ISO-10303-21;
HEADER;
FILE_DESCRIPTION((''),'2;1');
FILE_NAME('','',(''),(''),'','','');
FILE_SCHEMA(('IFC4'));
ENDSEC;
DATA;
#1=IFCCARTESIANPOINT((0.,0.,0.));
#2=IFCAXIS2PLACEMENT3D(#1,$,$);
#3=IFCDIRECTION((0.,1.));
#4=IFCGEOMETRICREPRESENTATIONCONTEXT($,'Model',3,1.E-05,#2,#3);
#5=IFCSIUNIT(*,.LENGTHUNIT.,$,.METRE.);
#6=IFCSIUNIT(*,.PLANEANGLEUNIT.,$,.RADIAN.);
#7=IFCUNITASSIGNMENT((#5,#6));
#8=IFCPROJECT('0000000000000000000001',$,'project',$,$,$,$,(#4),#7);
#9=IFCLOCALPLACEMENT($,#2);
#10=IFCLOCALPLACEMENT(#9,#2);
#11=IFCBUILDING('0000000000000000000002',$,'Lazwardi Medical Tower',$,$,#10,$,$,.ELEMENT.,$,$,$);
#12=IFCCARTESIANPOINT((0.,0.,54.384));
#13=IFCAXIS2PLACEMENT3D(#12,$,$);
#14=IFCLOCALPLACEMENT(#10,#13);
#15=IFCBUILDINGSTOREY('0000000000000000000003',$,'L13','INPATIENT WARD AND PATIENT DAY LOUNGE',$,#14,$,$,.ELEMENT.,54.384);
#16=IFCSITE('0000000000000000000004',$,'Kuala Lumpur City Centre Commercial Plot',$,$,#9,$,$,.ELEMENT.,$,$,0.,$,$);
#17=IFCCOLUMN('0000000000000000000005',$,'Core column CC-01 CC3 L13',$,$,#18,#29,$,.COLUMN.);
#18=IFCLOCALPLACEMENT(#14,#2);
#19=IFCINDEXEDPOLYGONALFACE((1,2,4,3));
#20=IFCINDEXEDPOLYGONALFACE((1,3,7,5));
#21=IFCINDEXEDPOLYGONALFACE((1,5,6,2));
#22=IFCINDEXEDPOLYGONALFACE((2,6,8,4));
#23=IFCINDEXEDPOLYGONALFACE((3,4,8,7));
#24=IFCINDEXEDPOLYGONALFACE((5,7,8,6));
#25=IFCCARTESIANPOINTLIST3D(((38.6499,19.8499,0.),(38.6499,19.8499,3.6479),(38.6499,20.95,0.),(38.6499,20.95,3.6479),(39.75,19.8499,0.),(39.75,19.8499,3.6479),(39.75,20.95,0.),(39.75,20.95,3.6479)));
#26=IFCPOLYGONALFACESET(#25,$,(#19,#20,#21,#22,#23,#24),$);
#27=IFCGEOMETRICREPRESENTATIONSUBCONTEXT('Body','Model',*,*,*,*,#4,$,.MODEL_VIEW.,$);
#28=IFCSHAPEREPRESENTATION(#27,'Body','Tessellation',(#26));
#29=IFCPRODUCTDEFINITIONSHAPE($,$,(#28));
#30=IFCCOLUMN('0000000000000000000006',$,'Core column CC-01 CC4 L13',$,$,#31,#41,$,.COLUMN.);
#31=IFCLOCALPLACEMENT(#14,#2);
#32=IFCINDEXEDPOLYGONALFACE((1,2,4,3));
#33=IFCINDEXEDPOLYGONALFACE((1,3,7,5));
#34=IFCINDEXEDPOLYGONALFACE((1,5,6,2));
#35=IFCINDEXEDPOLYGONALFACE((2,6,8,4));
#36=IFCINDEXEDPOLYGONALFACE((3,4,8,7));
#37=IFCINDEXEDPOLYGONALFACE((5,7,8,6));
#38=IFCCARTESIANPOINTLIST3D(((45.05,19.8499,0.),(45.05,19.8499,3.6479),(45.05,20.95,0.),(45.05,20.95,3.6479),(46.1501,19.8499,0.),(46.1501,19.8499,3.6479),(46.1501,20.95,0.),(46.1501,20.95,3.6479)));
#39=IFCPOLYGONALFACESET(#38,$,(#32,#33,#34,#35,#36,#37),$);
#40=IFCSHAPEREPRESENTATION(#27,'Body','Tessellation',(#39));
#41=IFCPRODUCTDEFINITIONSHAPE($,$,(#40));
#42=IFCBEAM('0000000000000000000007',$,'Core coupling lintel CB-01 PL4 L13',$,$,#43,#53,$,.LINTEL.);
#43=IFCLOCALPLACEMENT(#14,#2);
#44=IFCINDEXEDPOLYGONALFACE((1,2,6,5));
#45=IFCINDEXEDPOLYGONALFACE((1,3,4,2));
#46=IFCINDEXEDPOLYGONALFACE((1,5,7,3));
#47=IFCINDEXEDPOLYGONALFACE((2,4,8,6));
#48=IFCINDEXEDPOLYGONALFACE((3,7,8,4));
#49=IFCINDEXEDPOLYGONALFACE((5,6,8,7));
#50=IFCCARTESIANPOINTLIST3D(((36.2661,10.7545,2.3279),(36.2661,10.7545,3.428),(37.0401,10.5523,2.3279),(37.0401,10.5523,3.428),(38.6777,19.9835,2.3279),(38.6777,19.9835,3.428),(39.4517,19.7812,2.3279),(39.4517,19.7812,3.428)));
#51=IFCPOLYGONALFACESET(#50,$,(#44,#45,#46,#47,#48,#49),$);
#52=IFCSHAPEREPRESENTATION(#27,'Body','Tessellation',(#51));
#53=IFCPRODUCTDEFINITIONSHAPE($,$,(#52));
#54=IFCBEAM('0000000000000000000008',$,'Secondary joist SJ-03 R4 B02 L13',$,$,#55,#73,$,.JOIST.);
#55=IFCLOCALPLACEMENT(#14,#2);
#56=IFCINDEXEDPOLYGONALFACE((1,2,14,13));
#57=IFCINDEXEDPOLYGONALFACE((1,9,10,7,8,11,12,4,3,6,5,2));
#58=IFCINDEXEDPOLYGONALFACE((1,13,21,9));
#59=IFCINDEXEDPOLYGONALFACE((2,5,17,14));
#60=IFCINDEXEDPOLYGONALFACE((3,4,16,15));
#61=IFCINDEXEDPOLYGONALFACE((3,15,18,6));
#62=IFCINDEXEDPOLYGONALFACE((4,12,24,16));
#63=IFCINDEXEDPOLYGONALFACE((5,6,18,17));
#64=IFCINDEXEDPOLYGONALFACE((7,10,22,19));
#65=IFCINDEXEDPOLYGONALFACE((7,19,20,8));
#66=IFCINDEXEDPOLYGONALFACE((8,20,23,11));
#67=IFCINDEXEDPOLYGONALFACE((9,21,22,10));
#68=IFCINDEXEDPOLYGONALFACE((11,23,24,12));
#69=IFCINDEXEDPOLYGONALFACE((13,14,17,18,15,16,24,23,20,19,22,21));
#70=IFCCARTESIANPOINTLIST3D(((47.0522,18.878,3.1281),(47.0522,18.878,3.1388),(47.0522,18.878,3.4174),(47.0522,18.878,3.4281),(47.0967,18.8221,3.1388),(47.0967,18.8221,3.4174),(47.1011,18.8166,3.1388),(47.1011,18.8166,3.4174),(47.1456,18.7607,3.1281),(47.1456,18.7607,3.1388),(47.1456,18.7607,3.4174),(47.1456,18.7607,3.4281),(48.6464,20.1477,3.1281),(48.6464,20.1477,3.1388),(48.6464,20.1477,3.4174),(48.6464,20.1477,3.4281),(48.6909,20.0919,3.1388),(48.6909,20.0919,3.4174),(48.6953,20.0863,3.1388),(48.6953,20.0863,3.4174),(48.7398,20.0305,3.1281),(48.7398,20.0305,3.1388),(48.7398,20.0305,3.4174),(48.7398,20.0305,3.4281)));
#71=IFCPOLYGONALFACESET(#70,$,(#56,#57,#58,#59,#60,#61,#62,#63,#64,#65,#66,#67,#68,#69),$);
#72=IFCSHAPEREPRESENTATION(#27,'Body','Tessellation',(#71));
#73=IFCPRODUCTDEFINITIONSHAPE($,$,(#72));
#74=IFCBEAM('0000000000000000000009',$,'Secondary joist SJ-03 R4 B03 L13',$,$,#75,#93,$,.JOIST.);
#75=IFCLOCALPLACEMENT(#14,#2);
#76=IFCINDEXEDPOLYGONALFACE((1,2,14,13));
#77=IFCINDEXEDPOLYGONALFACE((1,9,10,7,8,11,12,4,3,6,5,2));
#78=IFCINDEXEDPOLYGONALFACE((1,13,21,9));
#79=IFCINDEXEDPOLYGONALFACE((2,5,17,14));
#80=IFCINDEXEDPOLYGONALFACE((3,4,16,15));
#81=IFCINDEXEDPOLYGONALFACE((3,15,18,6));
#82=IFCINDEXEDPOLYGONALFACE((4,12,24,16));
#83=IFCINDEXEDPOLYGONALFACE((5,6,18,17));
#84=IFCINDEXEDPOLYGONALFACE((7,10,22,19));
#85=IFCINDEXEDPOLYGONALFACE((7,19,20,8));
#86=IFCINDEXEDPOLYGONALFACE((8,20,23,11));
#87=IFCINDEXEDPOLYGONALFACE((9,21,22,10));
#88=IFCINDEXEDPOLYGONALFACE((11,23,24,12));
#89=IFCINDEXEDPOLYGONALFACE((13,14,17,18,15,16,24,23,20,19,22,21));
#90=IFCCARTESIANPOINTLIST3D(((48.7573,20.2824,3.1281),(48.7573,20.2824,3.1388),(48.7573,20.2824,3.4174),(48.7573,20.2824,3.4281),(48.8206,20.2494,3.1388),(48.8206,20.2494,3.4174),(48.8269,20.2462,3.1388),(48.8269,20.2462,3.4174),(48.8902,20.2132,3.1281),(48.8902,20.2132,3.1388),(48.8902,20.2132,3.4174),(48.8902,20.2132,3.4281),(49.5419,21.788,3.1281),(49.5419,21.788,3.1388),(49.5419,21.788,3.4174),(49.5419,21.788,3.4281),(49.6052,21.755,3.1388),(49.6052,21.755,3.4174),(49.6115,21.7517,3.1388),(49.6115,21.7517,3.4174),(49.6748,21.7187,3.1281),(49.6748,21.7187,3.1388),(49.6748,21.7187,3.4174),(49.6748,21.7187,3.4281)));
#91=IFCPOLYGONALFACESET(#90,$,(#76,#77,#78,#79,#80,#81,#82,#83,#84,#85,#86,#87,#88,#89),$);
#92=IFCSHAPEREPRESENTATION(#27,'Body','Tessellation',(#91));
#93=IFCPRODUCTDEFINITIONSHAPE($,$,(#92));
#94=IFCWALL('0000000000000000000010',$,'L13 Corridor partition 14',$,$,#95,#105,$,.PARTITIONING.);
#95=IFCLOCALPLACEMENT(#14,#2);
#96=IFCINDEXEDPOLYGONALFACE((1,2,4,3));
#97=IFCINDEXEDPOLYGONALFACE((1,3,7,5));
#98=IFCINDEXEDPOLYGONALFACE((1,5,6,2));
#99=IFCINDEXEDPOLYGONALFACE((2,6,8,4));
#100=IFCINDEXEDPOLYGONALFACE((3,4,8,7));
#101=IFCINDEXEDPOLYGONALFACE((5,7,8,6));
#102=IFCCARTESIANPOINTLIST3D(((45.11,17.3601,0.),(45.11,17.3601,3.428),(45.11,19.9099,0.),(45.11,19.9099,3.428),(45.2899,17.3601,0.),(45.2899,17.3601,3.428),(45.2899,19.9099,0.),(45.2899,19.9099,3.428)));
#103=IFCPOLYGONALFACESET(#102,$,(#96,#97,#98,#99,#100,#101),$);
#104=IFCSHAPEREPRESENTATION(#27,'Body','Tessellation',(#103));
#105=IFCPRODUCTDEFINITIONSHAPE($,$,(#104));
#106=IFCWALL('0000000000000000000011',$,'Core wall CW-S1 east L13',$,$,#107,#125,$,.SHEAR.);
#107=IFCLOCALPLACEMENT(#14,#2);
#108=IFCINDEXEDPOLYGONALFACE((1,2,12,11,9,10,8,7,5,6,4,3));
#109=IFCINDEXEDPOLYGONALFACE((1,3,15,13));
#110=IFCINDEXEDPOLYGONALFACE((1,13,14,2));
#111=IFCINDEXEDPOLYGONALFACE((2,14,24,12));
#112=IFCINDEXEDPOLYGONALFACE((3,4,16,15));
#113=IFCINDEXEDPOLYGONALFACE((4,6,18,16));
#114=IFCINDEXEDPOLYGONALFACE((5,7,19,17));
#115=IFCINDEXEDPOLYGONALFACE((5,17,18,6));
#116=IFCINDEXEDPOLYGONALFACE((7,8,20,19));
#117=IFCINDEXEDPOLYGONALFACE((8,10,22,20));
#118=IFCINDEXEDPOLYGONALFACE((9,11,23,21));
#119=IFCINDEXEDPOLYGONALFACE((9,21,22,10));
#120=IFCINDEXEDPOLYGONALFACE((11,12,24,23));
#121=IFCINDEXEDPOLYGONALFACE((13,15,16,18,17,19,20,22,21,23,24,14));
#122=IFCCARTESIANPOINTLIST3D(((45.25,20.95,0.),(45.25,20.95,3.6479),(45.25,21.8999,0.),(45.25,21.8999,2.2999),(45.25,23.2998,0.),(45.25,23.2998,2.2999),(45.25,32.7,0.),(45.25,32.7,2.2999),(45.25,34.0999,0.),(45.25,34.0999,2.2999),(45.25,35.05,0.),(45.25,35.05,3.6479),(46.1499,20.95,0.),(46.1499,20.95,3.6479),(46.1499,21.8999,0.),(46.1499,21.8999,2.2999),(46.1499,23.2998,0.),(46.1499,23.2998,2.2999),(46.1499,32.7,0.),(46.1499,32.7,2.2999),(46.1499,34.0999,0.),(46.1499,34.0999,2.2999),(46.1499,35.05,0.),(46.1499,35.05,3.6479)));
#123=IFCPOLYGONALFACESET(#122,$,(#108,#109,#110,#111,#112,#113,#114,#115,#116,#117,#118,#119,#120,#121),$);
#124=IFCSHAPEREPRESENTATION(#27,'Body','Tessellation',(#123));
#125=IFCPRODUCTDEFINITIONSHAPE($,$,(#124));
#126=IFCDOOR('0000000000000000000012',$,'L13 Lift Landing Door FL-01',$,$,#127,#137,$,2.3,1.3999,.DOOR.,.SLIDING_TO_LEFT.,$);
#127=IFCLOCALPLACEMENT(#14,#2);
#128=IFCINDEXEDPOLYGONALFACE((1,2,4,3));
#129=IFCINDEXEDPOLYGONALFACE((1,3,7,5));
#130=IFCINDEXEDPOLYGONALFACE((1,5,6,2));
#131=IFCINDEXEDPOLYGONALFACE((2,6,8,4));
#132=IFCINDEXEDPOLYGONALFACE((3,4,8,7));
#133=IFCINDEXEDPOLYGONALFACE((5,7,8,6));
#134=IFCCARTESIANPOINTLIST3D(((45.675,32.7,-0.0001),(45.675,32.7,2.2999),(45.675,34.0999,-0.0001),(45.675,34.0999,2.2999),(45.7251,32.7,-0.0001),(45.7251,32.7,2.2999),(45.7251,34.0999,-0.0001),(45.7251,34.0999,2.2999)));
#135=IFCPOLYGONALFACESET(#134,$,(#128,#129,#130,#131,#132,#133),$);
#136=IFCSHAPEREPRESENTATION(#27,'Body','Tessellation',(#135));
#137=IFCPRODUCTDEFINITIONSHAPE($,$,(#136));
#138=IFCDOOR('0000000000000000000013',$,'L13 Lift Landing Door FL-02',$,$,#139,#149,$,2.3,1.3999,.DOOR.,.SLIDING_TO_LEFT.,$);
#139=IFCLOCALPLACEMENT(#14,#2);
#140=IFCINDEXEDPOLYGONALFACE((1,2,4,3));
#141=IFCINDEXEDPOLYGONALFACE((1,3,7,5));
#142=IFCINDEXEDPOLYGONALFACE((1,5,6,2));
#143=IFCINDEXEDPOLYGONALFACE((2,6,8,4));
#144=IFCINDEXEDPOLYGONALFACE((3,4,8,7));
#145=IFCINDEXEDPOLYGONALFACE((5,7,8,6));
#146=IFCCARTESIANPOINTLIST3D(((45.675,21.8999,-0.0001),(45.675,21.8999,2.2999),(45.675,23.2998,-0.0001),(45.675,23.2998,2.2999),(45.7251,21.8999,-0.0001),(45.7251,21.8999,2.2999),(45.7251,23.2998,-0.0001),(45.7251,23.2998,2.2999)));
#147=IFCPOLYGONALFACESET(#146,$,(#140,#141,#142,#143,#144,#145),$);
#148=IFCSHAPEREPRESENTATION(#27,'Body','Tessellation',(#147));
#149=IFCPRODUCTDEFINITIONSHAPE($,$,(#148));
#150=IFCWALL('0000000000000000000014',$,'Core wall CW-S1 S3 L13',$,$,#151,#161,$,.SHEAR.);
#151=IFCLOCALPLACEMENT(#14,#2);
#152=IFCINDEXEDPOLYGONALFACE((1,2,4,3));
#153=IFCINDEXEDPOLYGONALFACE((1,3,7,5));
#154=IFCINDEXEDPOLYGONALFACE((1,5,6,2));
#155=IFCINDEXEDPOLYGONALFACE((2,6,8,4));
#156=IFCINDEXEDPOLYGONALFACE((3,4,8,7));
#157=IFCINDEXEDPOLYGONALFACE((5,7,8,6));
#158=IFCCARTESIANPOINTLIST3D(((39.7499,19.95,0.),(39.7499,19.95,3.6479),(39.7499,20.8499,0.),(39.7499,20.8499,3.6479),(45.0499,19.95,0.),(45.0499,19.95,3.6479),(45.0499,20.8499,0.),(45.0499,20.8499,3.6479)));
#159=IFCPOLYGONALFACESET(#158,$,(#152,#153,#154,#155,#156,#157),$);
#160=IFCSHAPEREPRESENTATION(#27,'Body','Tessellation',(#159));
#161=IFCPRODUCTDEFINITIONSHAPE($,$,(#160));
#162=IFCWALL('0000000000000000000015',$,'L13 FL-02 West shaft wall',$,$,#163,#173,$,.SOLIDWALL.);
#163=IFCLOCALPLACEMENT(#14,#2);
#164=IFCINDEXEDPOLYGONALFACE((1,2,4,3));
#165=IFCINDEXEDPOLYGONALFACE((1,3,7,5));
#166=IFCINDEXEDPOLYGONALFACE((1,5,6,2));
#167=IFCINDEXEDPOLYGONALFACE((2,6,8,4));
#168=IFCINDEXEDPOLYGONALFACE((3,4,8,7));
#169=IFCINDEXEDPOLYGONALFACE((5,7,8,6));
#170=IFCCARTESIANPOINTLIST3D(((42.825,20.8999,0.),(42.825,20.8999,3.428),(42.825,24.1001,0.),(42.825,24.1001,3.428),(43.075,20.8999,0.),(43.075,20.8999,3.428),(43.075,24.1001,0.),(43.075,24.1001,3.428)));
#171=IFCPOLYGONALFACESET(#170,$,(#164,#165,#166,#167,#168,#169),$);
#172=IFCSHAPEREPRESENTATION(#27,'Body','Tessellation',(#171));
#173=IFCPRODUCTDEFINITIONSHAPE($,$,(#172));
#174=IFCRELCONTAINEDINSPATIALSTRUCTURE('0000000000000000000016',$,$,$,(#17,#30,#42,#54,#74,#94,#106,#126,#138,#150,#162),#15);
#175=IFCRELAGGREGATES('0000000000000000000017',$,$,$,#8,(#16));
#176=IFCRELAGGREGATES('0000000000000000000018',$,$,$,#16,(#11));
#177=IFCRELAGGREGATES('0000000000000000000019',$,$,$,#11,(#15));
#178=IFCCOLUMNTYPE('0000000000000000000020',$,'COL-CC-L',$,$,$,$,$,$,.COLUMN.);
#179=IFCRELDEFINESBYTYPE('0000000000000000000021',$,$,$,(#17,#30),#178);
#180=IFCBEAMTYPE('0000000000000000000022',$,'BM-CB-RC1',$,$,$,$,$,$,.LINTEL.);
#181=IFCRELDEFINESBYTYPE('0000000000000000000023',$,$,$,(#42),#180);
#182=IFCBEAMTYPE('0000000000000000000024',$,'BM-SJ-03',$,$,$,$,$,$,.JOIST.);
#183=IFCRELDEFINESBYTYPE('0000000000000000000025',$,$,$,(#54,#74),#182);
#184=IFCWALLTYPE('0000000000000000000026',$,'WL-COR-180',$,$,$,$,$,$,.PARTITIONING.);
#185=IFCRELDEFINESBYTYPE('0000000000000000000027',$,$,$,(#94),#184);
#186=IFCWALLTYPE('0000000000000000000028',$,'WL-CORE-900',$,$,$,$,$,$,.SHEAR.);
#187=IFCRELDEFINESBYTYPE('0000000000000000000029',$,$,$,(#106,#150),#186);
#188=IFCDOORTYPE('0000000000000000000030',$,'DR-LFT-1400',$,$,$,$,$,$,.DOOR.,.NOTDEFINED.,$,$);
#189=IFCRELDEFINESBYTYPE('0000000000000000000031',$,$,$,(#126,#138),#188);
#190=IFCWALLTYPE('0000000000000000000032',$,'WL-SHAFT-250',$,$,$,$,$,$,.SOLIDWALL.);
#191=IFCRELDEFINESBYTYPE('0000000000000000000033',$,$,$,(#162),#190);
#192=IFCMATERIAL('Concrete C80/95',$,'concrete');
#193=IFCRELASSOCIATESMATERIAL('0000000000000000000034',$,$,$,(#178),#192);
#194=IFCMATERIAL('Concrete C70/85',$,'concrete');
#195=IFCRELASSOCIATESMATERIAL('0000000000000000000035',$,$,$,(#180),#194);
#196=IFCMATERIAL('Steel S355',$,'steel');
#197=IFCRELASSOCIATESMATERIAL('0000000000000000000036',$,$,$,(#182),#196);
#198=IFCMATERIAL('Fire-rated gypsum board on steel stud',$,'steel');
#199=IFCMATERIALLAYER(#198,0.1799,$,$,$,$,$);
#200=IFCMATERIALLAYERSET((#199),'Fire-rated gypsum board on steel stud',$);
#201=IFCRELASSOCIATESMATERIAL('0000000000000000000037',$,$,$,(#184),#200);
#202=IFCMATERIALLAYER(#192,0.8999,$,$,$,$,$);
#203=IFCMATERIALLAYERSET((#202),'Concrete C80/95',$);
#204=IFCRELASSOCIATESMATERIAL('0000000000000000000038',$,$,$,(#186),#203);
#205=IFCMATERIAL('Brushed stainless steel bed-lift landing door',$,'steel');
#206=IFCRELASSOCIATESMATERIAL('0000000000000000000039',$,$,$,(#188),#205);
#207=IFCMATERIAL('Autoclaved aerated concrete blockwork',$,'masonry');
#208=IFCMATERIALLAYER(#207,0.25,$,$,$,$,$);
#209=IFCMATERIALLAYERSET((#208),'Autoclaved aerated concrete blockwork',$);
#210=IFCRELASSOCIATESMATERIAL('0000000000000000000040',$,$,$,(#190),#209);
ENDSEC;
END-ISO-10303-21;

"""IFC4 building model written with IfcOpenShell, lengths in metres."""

from ifc_helpers import new_model, si_unit, direction, frame, frame_2d, origin, origin_2d, place, context, subcontext, project, spatial, rectangle, i_section, extrude, material, layer, layer_set, material_profile, profile_set, type_object, element, fill, save


model = new_model("IFC4")

# Units and contexts
model_context = context("Model", 3, precision=1e-05, world=origin(), true_north=direction((0.0, 1.0)))
body_context = subcontext(model_context, "Body", "Model", "MODEL_VIEW")
ifc_project = project(units=[si_unit("LENGTHUNIT", "METRE"), si_unit("PLANEANGLEUNIT", "RADIAN")], contexts=[model_context])

# Site, building, storey
site_placement = place(None, origin())
site = spatial("IfcSite", under=ifc_project, at=site_placement, Name="Kuala Lumpur City Centre Commercial Plot", CompositionType="ELEMENT", RefElevation=0.0)
building_placement = place(site_placement, origin())
building = spatial("IfcBuilding", under=site, at=building_placement, Name="Lazwardi Medical Tower", CompositionType="ELEMENT")
storey_placement = place(building_placement, frame((0.0, 0.0, 54.384)))
storey = spatial("IfcBuildingStorey", under=building, at=storey_placement, Name="L13", Description="INPATIENT WARD AND PATIENT DAY LOUNGE", CompositionType="ELEMENT", Elevation=54.384)

# Columns
ifc_material_1 = material(Name="Concrete C80/95", Category="concrete")
ifc_material_profile_1 = material_profile(ifc_material_1, rectangle(XDim=1.1001, YDim=1.1001, at=origin_2d()), Name="RC 1100x1100")
ifc_profile_set_1 = profile_set([ifc_material_profile_1], Name="Concrete C80/95")
column_type = type_object("IfcColumnType", Name="COL-CC-L", PredefinedType="COLUMN", material=ifc_profile_set_1)
for number, where, z_axis, x_axis, name in (
    (1, (39.2, 20.3999, 0.0), (0.0, 0.0, 1.0), (1.0, 0.0, 0.0), "Core column CC-01 CC3 L13"),
    (2, (45.6001, 20.3999, 0.0), (0.0, 0.0, 1.0), (1.0, 0.0, 0.0), "Core column CC-01 CC4 L13"),
):
    element("IfcColumn", number, at=place(storey_placement, frame(where, z_axis=z_axis, x_axis=x_axis)), inside=storey, type_object=column_type, Name=name, PredefinedType="COLUMN", context=body_context, shape_type="SweptSolid", body=[
        extrude(rectangle(XDim=1.1001, YDim=1.1001, at=origin_2d()), origin(), (0.0, 0.0, 1.0), 3.6479),
    ])

# Beams
ifc_material_2 = material(Name="Concrete C70/85", Category="concrete")
ifc_material_profile_2 = material_profile(ifc_material_2, rectangle(XDim=0.8, YDim=1.1001, at=origin_2d()), Name="RC 800x1100")
ifc_profile_set_2 = profile_set([ifc_material_profile_2], Name="Concrete C70/85")
beam_type_1 = type_object("IfcBeamType", Name="BM-CB-RC1", PredefinedType="LINTEL", material=ifc_profile_set_2)
beam_1_placement = place(storey_placement, frame((39.0647, 19.8823, 2.8779), z_axis=(-0.25282, -0.967513, 0.0), x_axis=(0.967513, -0.25282, 0.0)))
element("IfcBeam", 3, at=beam_1_placement, inside=storey, type_object=beam_type_1, Name="Core coupling lintel CB-01 PL4 L13", PredefinedType="LINTEL", context=body_context, shape_type="SweptSolid", body=[
    extrude(rectangle(XDim=0.8, YDim=1.1001, at=origin_2d()), origin(), (0.0, 0.0, 1.0), 9.5388),
])
ifc_material_3 = material(Name="Steel S355", Category="steel")
ifc_material_profile_3 = material_profile(ifc_material_3, i_section(OverallWidth=0.1499, OverallDepth=0.3, WebThickness=0.0071, FlangeThickness=0.0107, at=origin_2d()), Name="IPE 300")
ifc_profile_set_3 = profile_set([ifc_material_profile_3], Name="Steel S355")
beam_type_2 = type_object("IfcBeamType", Name="BM-SJ-03", PredefinedType="JOIST", material=ifc_profile_set_3)
beam_2_placement = place(storey_placement, frame((47.0989, 18.8193, 3.2781), z_axis=(0.782211, 0.623014, 0.0), x_axis=(-0.623014, 0.782211, 0.0)))
element("IfcBeam", 4, at=beam_2_placement, inside=storey, type_object=beam_type_2, Name="Secondary joist SJ-03 R4 B02 L13", PredefinedType="JOIST", context=body_context, shape_type="SweptSolid", body=[
    extrude(i_section(OverallWidth=0.1499, OverallDepth=0.3, WebThickness=0.0071, FlangeThickness=0.0107, at=origin_2d()), origin(), (0.0, 0.0, 1.0), 2.0381),
])
beam_3_placement = place(storey_placement, frame((48.8237, 20.2478, 3.2781), z_axis=(0.462163, 0.886795, 0.0), x_axis=(-0.886795, 0.462163, 0.0)))
element("IfcBeam", 5, at=beam_3_placement, inside=storey, type_object=beam_type_2, Name="Secondary joist SJ-03 R4 B03 L13", PredefinedType="JOIST", context=body_context, shape_type="SweptSolid", body=[
    extrude(i_section(OverallWidth=0.1499, OverallDepth=0.3, WebThickness=0.0071, FlangeThickness=0.0107, at=origin_2d()), origin(), (0.0, 0.0, 1.0), 1.6978),
])

# Wall
ifc_material_4 = material(Name="Fire-rated gypsum board on steel stud", Category="steel")
ifc_layer_1 = layer(ifc_material_4, 0.1799)
ifc_layer_set_1 = layer_set([ifc_layer_1], Name="Fire-rated gypsum board on steel stud")
wall_type_1 = type_object("IfcWallType", Name="WL-COR-180", PredefinedType="PARTITIONING", material=ifc_layer_set_1)
wall_1_placement = place(storey_placement, frame((45.2, 19.9099, 0.0), z_axis=(0.0, 0.0, 1.0), x_axis=(0.0, -1.0, 0.0)))
element("IfcWall", 6, at=wall_1_placement, inside=storey, type_object=wall_type_1, Name="L13 Corridor partition 14", PredefinedType="PARTITIONING", context=body_context, shape_type="SweptSolid", body=[
    extrude(rectangle(XDim=2.5498, YDim=0.1799, at=frame_2d((1.2749, 0.0))), origin(), (0.0, 0.0, 1.0), 3.428),
])

# Wall, openings, doors
ifc_layer_2 = layer(ifc_material_1, 0.8999)
ifc_layer_set_2 = layer_set([ifc_layer_2], Name="Concrete C80/95")
wall_type_2 = type_object("IfcWallType", Name="WL-CORE-900", PredefinedType="SHEAR", material=ifc_layer_set_2)
wall_2_placement = place(storey_placement, frame((45.7, 20.95, 0.0), z_axis=(0.0, 0.0, 1.0), x_axis=(0.0, 1.0, 0.0)))
wall_2 = element("IfcWall", 7, at=wall_2_placement, inside=storey, type_object=wall_type_2, Name="Core wall CW-S1 east L13", PredefinedType="SHEAR", context=body_context, shape_type="SweptSolid", body=[
    extrude(rectangle(XDim=14.1001, YDim=0.8999, at=frame_2d((7.05, 0.0))), origin(), (0.0, 0.0, 1.0), 3.6479),
])
opening_1_placement = place(wall_2_placement, frame((11.75, 0.0, 0.0)))
opening_1 = element("IfcOpeningElement", 8, at=opening_1_placement, cuts=wall_2, PredefinedType="OPENING", context=body_context, shape_type="SweptSolid", body=[
    extrude(rectangle(XDim=1.3999, YDim=2.3, at=frame_2d((0.7, 1.1499))), frame((0.0, 0.46, 0.0), z_axis=(0.0, -1.0, 0.0), x_axis=(1.0, 0.0, 0.0)), (0.0, 0.0, 1.0), 0.9199),
])
opening_2_placement = place(wall_2_placement, frame((0.95, 0.0, 0.0)))
opening_2 = element("IfcOpeningElement", 9, at=opening_2_placement, cuts=wall_2, PredefinedType="OPENING", context=body_context, shape_type="SweptSolid", body=[
    extrude(rectangle(XDim=1.3999, YDim=2.3, at=frame_2d((0.7, 1.1499))), frame((0.0, 0.46, 0.0), z_axis=(0.0, -1.0, 0.0), x_axis=(1.0, 0.0, 0.0)), (0.0, 0.0, 1.0), 0.9199),
])
ifc_material_5 = material(Name="Brushed stainless steel bed-lift landing door", Category="steel")
door_type = type_object("IfcDoorType", Name="DR-LFT-1400", OperationType="NOTDEFINED", PredefinedType="DOOR", material=ifc_material_5)
door_1_placement = place(opening_1_placement, origin())
door_1 = element("IfcDoor", 10, at=door_1_placement, inside=storey, type_object=door_type, Name="L13 Lift Landing Door FL-01", OperationType="SLIDING_TO_LEFT", OverallHeight=2.3, OverallWidth=1.3999, PredefinedType="DOOR", context=body_context, shape_type="SweptSolid", body=[
    extrude(rectangle(XDim=1.3999, YDim=2.3, at=frame_2d((0.7, 1.1499))), frame((0.0, 0.0249, 0.0), z_axis=(0.0, -1.0, 0.0), x_axis=(1.0, 0.0, 0.0)), (0.0, 0.0, 1.0), 0.05),
])
fill(opening_1, door_1)
door_2_placement = place(opening_2_placement, origin())
door_2 = element("IfcDoor", 11, at=door_2_placement, inside=storey, type_object=door_type, Name="L13 Lift Landing Door FL-02", OperationType="SLIDING_TO_LEFT", OverallHeight=2.3, OverallWidth=1.3999, PredefinedType="DOOR", context=body_context, shape_type="SweptSolid", body=[
    extrude(rectangle(XDim=1.3999, YDim=2.3, at=frame_2d((0.7, 1.1499))), frame((0.0, 0.0249, 0.0), z_axis=(0.0, -1.0, 0.0), x_axis=(1.0, 0.0, 0.0)), (0.0, 0.0, 1.0), 0.05),
])
fill(opening_2, door_2)

# Walls
wall_3_placement = place(storey_placement, frame((39.75, 20.3999, 0.0), z_axis=(0.0, 0.0, 1.0), x_axis=(1.0, 0.0, 0.0)))
element("IfcWall", 12, at=wall_3_placement, inside=storey, type_object=wall_type_2, Name="Core wall CW-S1 S3 L13", PredefinedType="SHEAR", context=body_context, shape_type="SweptSolid", body=[
    extrude(rectangle(XDim=5.3, YDim=0.8999, at=frame_2d((2.6499, 0.0))), origin(), (0.0, 0.0, 1.0), 3.6479),
])
ifc_material_6 = material(Name="Autoclaved aerated concrete blockwork", Category="masonry")
ifc_layer_3 = layer(ifc_material_6, 0.25)
ifc_layer_set_3 = layer_set([ifc_layer_3], Name="Autoclaved aerated concrete blockwork")
wall_type_3 = type_object("IfcWallType", Name="WL-SHAFT-250", PredefinedType="SOLIDWALL", material=ifc_layer_set_3)
wall_4_placement = place(storey_placement, frame((42.95, 20.8999, 0.0), z_axis=(0.0, 0.0, 1.0), x_axis=(0.0, 1.0, 0.0)))
element("IfcWall", 13, at=wall_4_placement, inside=storey, type_object=wall_type_3, Name="L13 FL-02 West shaft wall", PredefinedType="SOLIDWALL", context=body_context, shape_type="SweptSolid", body=[
    extrude(rectangle(XDim=3.2002, YDim=0.25, at=frame_2d((1.6001, 0.0))), origin(), (0.0, 0.0, 1.0), 3.428),
])

save(model, "model.ifc")
